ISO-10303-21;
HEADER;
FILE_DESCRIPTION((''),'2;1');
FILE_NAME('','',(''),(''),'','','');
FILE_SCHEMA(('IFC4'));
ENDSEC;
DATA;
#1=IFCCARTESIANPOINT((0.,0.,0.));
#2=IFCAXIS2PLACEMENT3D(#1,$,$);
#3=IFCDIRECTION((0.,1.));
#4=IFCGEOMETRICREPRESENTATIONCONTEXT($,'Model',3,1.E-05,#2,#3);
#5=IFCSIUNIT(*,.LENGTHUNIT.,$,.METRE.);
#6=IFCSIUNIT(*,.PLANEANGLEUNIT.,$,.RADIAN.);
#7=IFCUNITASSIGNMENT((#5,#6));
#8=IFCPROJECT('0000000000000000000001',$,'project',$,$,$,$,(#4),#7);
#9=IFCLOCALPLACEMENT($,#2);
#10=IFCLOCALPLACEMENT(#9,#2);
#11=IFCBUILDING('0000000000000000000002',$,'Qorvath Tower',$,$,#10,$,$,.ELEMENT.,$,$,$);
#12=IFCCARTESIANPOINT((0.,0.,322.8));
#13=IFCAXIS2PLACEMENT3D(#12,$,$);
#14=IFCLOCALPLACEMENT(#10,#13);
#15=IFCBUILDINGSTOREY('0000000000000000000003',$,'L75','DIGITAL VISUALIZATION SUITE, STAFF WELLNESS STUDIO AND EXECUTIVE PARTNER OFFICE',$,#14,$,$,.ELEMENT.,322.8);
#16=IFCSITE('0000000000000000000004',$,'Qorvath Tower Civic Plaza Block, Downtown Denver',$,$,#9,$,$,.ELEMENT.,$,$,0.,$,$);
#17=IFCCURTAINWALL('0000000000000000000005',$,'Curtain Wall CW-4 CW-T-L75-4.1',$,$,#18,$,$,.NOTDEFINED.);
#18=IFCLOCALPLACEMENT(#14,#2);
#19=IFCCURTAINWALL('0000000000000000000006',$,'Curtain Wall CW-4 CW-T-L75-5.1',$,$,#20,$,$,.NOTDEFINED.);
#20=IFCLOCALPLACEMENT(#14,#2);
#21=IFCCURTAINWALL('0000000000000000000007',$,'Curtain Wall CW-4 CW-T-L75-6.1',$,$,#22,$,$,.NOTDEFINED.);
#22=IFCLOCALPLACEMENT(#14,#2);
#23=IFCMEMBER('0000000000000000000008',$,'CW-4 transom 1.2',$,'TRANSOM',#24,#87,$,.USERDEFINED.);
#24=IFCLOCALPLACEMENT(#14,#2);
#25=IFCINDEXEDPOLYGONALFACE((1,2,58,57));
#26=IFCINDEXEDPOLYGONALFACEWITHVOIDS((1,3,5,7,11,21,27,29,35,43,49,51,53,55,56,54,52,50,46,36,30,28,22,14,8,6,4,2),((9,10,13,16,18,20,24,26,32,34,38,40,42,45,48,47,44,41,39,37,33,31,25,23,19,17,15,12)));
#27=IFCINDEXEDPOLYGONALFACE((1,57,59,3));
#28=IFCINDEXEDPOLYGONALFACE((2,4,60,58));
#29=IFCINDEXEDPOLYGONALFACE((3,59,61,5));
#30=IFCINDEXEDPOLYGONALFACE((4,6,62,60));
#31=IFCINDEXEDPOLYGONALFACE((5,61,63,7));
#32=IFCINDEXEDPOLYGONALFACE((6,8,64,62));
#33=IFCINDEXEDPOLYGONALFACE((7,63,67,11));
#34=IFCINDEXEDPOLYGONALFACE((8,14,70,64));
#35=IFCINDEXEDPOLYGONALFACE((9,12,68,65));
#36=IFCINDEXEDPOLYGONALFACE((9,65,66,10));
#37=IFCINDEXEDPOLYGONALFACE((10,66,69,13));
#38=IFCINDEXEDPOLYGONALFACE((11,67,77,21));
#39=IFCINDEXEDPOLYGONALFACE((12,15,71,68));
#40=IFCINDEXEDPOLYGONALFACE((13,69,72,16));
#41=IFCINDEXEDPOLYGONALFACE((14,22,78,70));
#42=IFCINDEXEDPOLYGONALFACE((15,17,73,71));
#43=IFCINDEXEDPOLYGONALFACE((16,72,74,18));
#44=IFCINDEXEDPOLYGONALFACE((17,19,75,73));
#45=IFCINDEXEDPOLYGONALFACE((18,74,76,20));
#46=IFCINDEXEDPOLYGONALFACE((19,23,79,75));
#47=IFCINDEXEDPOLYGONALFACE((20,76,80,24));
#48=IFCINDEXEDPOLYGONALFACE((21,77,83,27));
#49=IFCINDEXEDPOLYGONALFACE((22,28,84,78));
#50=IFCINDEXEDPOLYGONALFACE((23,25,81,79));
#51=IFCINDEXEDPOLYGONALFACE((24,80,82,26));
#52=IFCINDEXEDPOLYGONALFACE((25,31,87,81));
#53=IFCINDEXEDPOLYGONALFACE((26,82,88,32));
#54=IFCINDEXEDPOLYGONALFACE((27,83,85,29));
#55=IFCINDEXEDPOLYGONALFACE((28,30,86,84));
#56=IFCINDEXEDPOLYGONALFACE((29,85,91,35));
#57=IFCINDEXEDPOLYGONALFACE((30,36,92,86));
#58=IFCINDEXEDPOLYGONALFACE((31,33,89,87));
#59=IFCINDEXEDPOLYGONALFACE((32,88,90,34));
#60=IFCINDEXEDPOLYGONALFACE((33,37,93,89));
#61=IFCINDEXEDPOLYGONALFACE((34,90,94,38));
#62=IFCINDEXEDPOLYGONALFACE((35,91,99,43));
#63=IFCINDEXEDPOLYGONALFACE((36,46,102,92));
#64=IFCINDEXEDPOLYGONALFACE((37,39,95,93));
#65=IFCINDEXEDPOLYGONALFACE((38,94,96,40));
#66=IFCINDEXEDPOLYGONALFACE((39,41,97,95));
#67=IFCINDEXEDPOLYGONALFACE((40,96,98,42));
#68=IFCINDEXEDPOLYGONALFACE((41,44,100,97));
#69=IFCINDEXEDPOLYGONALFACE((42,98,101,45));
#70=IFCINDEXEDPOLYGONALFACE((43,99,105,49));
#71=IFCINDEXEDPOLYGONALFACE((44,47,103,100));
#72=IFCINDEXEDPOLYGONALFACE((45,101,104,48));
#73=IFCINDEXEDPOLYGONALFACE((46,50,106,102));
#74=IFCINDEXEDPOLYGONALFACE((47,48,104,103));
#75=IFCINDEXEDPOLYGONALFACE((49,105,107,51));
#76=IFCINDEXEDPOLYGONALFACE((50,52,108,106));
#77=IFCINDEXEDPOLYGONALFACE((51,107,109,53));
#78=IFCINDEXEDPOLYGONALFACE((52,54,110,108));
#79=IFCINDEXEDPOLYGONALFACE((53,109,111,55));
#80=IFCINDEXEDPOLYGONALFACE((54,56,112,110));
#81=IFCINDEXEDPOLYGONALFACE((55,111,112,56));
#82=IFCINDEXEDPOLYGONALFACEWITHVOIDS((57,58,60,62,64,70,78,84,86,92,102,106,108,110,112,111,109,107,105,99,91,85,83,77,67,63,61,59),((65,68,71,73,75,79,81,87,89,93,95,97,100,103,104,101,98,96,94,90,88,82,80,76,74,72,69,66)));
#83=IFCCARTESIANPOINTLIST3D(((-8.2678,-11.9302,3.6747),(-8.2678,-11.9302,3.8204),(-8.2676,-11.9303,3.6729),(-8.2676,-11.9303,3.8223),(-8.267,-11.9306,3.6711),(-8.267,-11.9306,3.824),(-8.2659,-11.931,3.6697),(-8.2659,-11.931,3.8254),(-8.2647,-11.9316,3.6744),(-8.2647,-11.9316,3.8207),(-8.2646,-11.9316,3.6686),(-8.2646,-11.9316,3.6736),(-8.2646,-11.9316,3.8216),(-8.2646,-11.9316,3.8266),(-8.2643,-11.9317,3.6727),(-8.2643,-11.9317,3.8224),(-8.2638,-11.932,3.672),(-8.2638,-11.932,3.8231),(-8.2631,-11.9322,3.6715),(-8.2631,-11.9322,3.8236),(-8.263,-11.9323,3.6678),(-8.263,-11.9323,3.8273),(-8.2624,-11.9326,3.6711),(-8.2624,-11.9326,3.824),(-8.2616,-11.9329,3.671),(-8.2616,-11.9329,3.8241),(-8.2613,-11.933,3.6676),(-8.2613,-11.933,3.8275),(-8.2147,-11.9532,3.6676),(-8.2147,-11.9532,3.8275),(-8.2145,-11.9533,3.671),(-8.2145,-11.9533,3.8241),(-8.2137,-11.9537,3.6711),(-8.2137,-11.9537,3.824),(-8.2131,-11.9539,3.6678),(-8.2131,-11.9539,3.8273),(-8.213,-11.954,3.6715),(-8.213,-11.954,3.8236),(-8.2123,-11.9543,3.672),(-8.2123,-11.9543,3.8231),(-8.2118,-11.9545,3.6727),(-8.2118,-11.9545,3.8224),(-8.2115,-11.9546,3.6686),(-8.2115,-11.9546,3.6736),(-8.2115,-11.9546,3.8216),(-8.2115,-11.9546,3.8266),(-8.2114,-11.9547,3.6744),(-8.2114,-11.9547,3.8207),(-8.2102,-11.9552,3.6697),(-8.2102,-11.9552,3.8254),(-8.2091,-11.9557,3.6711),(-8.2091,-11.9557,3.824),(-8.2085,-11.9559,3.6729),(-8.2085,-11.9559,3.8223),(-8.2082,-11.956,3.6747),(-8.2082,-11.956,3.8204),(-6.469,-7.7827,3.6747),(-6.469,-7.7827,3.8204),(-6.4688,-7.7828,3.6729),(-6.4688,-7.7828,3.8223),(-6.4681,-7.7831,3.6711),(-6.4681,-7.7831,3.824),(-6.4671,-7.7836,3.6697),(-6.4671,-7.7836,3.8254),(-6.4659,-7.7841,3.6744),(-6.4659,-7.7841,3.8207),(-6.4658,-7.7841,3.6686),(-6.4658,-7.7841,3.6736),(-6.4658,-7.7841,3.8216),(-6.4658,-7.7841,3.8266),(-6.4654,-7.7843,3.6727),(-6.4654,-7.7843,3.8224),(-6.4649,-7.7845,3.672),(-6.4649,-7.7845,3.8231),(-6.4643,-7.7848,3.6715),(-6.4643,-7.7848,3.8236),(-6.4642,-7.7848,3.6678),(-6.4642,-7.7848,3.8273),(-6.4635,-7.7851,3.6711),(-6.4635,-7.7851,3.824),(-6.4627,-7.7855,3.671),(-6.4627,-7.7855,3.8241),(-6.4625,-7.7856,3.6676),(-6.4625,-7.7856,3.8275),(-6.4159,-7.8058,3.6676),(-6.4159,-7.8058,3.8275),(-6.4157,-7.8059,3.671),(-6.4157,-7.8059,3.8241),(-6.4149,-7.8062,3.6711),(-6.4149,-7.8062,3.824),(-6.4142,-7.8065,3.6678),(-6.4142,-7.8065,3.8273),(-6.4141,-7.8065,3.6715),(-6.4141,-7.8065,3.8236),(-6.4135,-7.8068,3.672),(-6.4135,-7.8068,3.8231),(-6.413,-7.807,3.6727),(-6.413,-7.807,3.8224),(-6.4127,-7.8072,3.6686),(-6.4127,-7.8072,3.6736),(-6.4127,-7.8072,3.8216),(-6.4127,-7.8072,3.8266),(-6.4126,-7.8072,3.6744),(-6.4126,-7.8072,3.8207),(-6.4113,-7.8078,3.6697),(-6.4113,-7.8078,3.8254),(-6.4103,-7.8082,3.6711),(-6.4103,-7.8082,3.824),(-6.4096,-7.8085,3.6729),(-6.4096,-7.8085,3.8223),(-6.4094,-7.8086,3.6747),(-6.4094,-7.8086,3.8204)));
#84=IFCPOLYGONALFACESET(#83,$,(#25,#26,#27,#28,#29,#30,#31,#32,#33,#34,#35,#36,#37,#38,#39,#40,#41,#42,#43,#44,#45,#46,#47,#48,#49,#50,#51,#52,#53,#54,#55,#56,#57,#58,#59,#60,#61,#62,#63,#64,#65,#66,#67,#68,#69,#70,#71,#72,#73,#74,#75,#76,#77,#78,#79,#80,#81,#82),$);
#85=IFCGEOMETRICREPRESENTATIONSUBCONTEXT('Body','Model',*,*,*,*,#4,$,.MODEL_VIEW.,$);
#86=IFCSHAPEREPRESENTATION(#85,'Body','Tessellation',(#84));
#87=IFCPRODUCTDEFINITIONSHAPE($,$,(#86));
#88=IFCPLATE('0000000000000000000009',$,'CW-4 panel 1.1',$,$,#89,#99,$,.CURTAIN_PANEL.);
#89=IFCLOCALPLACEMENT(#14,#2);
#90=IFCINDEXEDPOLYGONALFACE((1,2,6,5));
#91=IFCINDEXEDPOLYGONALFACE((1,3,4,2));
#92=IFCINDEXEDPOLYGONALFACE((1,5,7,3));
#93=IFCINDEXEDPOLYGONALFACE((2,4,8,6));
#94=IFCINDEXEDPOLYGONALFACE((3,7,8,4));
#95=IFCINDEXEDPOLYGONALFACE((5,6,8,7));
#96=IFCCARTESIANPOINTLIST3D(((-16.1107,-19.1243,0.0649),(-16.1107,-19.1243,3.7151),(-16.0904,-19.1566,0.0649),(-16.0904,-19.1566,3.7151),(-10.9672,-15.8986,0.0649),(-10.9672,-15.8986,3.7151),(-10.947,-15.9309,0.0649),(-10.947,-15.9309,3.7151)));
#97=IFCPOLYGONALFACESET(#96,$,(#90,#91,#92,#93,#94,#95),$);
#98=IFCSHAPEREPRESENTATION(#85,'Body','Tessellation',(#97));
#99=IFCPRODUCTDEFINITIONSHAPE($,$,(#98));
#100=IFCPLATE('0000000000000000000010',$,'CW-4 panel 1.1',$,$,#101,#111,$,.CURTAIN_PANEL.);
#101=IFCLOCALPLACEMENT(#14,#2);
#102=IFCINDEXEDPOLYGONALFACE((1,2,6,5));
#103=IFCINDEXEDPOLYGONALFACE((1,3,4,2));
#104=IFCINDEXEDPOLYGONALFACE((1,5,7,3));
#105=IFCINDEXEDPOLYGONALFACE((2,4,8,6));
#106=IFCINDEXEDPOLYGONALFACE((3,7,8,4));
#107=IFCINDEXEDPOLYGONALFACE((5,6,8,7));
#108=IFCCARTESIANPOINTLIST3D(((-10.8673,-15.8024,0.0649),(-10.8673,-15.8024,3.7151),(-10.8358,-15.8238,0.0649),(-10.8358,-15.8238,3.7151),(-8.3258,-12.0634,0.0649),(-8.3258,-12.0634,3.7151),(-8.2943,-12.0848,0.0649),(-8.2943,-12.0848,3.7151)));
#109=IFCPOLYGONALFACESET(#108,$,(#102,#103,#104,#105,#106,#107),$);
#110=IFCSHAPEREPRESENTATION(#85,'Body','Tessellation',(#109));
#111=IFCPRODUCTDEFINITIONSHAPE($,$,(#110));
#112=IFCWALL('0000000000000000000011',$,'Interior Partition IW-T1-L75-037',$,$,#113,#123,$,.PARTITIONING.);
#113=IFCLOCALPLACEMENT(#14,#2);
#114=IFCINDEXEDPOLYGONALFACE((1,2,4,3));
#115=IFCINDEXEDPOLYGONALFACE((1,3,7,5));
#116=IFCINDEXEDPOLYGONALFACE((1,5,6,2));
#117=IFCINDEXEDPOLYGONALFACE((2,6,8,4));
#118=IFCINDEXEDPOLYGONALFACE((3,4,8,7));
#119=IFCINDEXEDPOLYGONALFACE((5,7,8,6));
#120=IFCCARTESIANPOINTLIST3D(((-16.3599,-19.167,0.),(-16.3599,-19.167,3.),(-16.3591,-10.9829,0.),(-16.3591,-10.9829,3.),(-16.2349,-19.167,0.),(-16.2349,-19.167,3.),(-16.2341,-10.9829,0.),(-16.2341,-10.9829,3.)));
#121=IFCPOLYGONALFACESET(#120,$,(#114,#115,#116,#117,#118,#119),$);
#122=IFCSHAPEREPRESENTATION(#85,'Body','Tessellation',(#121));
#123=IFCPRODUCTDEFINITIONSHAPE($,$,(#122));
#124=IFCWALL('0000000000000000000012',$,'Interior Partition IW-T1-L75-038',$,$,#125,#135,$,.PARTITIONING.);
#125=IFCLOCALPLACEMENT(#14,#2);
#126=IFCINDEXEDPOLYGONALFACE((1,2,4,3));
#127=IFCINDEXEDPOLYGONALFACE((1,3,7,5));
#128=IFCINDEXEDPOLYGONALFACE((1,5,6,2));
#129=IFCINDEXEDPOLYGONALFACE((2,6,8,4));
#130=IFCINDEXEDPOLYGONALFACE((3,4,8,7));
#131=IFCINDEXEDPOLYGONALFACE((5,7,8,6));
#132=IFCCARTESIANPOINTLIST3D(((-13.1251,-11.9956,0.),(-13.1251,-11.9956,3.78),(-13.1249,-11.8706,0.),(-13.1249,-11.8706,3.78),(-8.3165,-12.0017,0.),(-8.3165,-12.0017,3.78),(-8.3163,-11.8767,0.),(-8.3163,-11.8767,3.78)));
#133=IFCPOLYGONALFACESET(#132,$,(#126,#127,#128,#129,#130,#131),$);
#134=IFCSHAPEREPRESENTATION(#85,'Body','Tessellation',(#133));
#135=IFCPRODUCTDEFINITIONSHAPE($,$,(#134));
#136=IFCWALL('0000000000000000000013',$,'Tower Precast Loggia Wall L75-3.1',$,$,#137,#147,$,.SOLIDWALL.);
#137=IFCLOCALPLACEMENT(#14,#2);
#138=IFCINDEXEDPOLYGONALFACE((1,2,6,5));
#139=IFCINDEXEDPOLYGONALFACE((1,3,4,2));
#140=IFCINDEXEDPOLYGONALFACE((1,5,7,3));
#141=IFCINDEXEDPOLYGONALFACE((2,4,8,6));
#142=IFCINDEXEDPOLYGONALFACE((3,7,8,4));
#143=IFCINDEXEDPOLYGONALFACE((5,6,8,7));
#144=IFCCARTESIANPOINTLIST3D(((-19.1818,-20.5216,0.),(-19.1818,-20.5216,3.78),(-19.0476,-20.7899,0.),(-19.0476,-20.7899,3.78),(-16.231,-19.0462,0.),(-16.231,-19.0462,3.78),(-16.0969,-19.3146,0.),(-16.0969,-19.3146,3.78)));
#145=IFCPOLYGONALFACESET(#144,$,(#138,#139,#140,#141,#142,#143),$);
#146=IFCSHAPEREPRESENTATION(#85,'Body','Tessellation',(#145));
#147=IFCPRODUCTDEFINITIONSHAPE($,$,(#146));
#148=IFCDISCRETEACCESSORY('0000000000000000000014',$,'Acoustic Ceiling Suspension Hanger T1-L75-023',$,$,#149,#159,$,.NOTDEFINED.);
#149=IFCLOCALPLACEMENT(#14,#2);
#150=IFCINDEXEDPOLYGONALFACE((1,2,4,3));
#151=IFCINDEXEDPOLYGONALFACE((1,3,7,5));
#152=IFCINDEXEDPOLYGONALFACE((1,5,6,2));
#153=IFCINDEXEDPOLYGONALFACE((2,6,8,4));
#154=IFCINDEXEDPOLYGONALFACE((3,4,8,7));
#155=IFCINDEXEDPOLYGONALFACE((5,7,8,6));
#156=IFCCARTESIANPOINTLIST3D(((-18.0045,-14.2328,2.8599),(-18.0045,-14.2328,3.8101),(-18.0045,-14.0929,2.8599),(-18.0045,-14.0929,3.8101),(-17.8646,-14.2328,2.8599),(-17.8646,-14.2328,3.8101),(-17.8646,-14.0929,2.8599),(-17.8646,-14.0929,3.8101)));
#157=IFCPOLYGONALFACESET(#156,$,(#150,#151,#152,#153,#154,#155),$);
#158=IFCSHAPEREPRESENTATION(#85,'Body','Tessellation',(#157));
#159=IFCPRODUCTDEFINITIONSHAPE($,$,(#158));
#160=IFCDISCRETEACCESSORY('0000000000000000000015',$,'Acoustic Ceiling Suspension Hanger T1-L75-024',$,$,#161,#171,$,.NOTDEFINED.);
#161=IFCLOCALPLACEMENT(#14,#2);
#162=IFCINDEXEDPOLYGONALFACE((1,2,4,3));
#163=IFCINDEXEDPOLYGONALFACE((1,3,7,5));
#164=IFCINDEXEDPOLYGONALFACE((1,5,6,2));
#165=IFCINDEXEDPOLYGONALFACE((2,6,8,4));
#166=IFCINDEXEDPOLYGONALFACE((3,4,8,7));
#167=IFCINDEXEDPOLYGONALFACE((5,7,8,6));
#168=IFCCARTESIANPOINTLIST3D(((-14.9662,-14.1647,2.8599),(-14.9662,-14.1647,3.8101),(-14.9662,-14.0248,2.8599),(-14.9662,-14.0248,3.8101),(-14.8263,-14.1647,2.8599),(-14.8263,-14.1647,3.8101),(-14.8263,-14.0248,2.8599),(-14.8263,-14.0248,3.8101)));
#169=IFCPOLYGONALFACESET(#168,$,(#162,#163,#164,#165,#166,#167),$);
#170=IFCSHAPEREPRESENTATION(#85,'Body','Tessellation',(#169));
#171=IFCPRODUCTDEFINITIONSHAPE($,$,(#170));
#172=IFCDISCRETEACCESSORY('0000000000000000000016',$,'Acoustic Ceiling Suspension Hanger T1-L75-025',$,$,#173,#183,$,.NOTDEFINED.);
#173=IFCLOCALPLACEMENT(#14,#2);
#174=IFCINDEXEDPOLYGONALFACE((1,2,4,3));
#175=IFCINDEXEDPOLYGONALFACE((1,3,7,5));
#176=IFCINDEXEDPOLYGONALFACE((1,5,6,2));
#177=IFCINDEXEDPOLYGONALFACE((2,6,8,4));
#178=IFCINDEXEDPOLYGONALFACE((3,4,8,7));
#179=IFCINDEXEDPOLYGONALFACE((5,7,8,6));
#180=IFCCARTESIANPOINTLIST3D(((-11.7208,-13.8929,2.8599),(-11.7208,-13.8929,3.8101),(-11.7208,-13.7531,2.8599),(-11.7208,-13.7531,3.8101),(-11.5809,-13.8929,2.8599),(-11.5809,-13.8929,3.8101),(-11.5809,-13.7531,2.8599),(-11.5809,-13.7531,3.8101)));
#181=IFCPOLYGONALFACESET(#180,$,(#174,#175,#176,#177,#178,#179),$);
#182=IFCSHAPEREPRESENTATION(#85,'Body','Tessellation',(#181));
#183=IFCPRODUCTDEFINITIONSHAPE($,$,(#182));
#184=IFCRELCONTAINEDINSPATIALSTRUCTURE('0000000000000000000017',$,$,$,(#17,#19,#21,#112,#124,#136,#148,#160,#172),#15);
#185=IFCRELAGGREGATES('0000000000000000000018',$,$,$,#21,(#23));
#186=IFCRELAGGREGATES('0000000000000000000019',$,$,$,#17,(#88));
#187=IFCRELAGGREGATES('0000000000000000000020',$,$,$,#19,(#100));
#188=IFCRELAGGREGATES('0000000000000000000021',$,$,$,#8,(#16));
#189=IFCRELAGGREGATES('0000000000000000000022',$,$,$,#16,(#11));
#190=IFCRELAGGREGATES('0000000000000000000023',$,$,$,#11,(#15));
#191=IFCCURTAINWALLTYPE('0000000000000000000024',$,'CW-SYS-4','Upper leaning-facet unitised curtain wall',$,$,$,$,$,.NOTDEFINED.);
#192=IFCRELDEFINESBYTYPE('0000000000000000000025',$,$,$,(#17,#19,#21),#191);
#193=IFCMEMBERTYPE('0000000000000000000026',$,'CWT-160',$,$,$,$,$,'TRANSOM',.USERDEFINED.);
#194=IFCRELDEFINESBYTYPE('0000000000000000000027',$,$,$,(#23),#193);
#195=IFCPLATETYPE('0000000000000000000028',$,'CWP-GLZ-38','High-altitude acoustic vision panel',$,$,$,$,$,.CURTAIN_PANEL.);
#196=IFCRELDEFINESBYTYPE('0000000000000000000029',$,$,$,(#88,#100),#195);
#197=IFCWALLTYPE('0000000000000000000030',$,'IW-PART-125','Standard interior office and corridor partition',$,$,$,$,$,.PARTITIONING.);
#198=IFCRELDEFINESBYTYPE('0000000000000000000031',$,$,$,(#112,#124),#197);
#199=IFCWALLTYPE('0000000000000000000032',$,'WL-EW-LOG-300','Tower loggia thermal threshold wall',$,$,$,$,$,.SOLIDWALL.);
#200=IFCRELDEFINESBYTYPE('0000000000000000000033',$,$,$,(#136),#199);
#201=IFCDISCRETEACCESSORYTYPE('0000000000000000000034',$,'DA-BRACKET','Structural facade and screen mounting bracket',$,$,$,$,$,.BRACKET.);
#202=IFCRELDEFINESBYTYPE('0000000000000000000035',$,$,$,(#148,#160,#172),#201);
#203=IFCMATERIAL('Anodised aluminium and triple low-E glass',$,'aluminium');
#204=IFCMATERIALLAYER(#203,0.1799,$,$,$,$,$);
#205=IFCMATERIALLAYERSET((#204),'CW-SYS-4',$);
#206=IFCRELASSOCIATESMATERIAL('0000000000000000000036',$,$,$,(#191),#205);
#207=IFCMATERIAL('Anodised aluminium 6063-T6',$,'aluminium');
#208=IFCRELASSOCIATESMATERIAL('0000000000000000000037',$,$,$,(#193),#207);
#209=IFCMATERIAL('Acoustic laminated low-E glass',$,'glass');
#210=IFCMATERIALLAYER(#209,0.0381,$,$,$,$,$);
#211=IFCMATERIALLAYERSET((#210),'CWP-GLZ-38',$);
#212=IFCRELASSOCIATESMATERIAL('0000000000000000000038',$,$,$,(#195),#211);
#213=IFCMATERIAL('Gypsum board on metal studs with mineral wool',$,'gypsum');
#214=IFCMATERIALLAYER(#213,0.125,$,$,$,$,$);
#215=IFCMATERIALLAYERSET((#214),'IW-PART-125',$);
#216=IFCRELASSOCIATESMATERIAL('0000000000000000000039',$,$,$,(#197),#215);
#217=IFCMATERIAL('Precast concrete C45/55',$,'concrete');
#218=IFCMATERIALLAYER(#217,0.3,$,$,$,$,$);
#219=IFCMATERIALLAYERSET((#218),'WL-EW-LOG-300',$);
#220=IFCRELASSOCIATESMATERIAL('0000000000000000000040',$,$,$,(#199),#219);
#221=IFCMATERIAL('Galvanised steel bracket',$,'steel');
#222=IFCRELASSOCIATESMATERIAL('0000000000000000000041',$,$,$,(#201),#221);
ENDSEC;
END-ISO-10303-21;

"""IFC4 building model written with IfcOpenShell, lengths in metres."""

from ifc_helpers import new_model, si_unit, direction, frame, frame_2d, origin, origin_2d, place, context, subcontext, project, spatial, rectangle, hollow_rectangle, extrude, material, layer, layer_set, material_profile, profile_set, type_object, element, aggregate, save


model = new_model("IFC4")

# Units and contexts
model_context = context("Model", 3, precision=1e-05, world=origin(), true_north=direction((0.0, 1.0)))
body_context = subcontext(model_context, "Body", "Model", "MODEL_VIEW")
ifc_project = project(units=[si_unit("LENGTHUNIT", "METRE"), si_unit("PLANEANGLEUNIT", "RADIAN")], contexts=[model_context])

# Site, building, storey
site_placement = place(None, origin())
site = spatial("IfcSite", under=ifc_project, at=site_placement, Name="Qorvath Tower Civic Plaza Block, Downtown Denver", CompositionType="ELEMENT", RefElevation=0.0)
building_placement = place(site_placement, origin())
building = spatial("IfcBuilding", under=site, at=building_placement, Name="Qorvath Tower", CompositionType="ELEMENT")
storey_placement = place(building_placement, frame((0.0, 0.0, 322.8)))
storey = spatial("IfcBuildingStorey", under=building, at=storey_placement, Name="L75", Description="DIGITAL VISUALIZATION SUITE, STAFF WELLNESS STUDIO AND EXECUTIVE PARTNER OFFICE", CompositionType="ELEMENT", Elevation=322.8)

# Shared definitions
ifc_material_1 = material(Name="Anodised aluminium and triple low-E glass", Category="aluminium")
ifc_layer_1 = layer(ifc_material_1, 0.1799)
ifc_layer_set_1 = layer_set([ifc_layer_1], Name="CW-SYS-4")
curtain_wall_type = type_object("IfcCurtainWallType", Name="CW-SYS-4", Description="Upper leaning-facet unitised curtain wall", PredefinedType="NOTDEFINED", material=ifc_layer_set_1)

# Curtain walls
curtain_wall_1_placement = place(storey_placement, origin())
curtain_wall_1 = element("IfcCurtainWall", 1, at=curtain_wall_1_placement, inside=storey, type_object=curtain_wall_type, Name="Curtain Wall CW-4 CW-T-L75-4.1", PredefinedType="NOTDEFINED")
curtain_wall_2_placement = place(storey_placement, origin())
curtain_wall_2 = element("IfcCurtainWall", 2, at=curtain_wall_2_placement, inside=storey, type_object=curtain_wall_type, Name="Curtain Wall CW-4 CW-T-L75-5.1", PredefinedType="NOTDEFINED")

# Curtain wall
curtain_wall_3_placement = place(storey_placement, origin())
curtain_wall_3 = element("IfcCurtainWall", 3, at=curtain_wall_3_placement, inside=storey, type_object=curtain_wall_type, Name="Curtain Wall CW-4 CW-T-L75-6.1", PredefinedType="NOTDEFINED")

# Member
ifc_material_2 = material(Name="Anodised aluminium 6063-T6", Category="aluminium")
ifc_material_profile_1 = material_profile(ifc_material_2, hollow_rectangle(XDim=0.0649, YDim=0.1599, WallThickness=0.0034, InnerFilletRadius=0.0034, OuterFilletRadius=0.0071, at=origin_2d()), Name="CWT 160x65")
ifc_profile_set_1 = profile_set([ifc_material_profile_1], Name="Anodised aluminium 6063-T6")
member_type_1 = type_object("IfcMemberType", Name="CWT-160", ElementType="TRANSOM", PredefinedType="USERDEFINED", material=ifc_profile_set_1)
member_1_placement = place(storey_placement, frame((-8.238, -11.9431, 3.7476), z_axis=(0.397904, 0.917427, 0.0), x_axis=(-0.917427, 0.397904, 0.0)))
member_1 = element("IfcMember", 4, at=member_1_placement, type_object=member_type_1, Name="CW-4 transom 1.2", ObjectType="TRANSOM", PredefinedType="USERDEFINED", context=body_context, shape_type="SweptSolid", body=[
    extrude(hollow_rectangle(XDim=0.0649, YDim=0.1599, WallThickness=0.0034, InnerFilletRadius=0.0034, OuterFilletRadius=0.0071, at=origin_2d()), origin(), (0.0, 0.0, 1.0), 4.5208),
])
aggregate(curtain_wall_3, [member_1])

# Plates
ifc_material_3 = material(Name="Acoustic laminated low-E glass", Category="glass")
ifc_layer_2 = layer(ifc_material_3, 0.0381)
ifc_layer_set_2 = layer_set([ifc_layer_2], Name="CWP-GLZ-38")
plate_type = type_object("IfcPlateType", Name="CWP-GLZ-38", Description="High-altitude acoustic vision panel", PredefinedType="CURTAIN_PANEL", material=ifc_layer_set_2)
plate_1_placement = place(storey_placement, frame((-13.5288, -17.5276, 0.0649), z_axis=(0.0, 0.0, 1.0), x_axis=(0.847178, 0.531309, 0.0)))
plate_1 = element("IfcPlate", 5, at=plate_1_placement, type_object=plate_type, Name="CW-4 panel 1.1", PredefinedType="CURTAIN_PANEL", context=body_context, shape_type="SweptSolid", body=[
    extrude(rectangle(XDim=6.0713, YDim=0.0381, at=origin_2d()), origin(), (0.0, 0.0, 1.0), 3.6501),
])
aggregate(curtain_wall_1, [plate_1])
plate_2_placement = place(storey_placement, frame((-9.5808, -13.9436, 0.0649), z_axis=(0.0, 0.0, 1.0), x_axis=(0.562158, 0.82703, 0.0)))
plate_2 = element("IfcPlate", 6, at=plate_2_placement, type_object=plate_type, Name="CW-4 panel 1.1", PredefinedType="CURTAIN_PANEL", context=body_context, shape_type="SweptSolid", body=[
    extrude(rectangle(XDim=4.521, YDim=0.0381, at=origin_2d()), origin(), (0.0, 0.0, 1.0), 3.6501),
])
aggregate(curtain_wall_2, [plate_2])

# Walls
ifc_material_4 = material(Name="Gypsum board on metal studs with mineral wool", Category="gypsum")
ifc_layer_3 = layer(ifc_material_4, 0.125)
ifc_layer_set_3 = layer_set([ifc_layer_3], Name="IW-PART-125")
wall_type_1 = type_object("IfcWallType", Name="IW-PART-125", Description="Standard interior office and corridor partition", PredefinedType="PARTITIONING", material=ifc_layer_set_3)
wall_1_placement = place(storey_placement, frame((-16.2974, -19.167, 0.0), z_axis=(0.0, 0.0, 1.0), x_axis=(0.000089, 1.0, 0.0)))
element("IfcWall", 7, at=wall_1_placement, inside=storey, type_object=wall_type_1, Name="Interior Partition IW-T1-L75-037", PredefinedType="PARTITIONING", context=body_context, shape_type="SweptSolid", body=[
    extrude(rectangle(XDim=8.1841, YDim=0.125, at=frame_2d((4.092, 0.0))), origin(), (0.0, 0.0, 1.0), 3.0),
])
wall_2_placement = place(storey_placement, frame((-8.3164, -11.9392, 0.0), z_axis=(0.0, 0.0, 1.0), x_axis=(-0.999999, 0.001269, 0.0)))
element("IfcWall", 8, at=wall_2_placement, inside=storey, type_object=wall_type_1, Name="Interior Partition IW-T1-L75-038", PredefinedType="PARTITIONING", context=body_context, shape_type="SweptSolid", body=[
    extrude(rectangle(XDim=4.8086, YDim=0.125, at=frame_2d((2.4043, 0.0))), origin(), (0.0, 0.0, 1.0), 3.78),
])
ifc_material_5 = material(Name="Precast concrete C45/55", Category="concrete")
ifc_layer_4 = layer(ifc_material_5, 0.3)
ifc_layer_set_4 = layer_set([ifc_layer_4], Name="WL-EW-LOG-300")
wall_type_2 = type_object("IfcWallType", Name="WL-EW-LOG-300", Description="Tower loggia thermal threshold wall", PredefinedType="SOLIDWALL", material=ifc_layer_set_4)
wall_3_placement = place(storey_placement, frame((-16.1641, -19.1804, 0.0), z_axis=(0.0, 0.0, 1.0), x_axis=(-0.894427, -0.447214, 0.0)))
element("IfcWall", 9, at=wall_3_placement, inside=storey, type_object=wall_type_2, Name="Tower Precast Loggia Wall L75-3.1", PredefinedType="SOLIDWALL", context=body_context, shape_type="SweptSolid", body=[
    extrude(rectangle(XDim=3.2991, YDim=0.3, at=frame_2d((1.6494, 0.0))), origin(), (0.0, 0.0, 1.0), 3.78),
])

# Discrete accessories
ifc_material_6 = material(Name="Galvanised steel bracket", Category="steel")
discrete_accessory_type = type_object("IfcDiscreteAccessoryType", Name="DA-BRACKET", Description="Structural facade and screen mounting bracket", PredefinedType="BRACKET", material=ifc_material_6)
for number, where, z_axis, x_axis, name in (
    (10, (-17.9346, -14.1628, 2.8599), (0.0, 0.0, 1.0), (1.0, 0.0, 0.0), "Acoustic Ceiling Suspension Hanger T1-L75-023"),
    (11, (-14.8962, -14.0947, 2.8599), (0.0, 0.0, 1.0), (1.0, 0.0, 0.0), "Acoustic Ceiling Suspension Hanger T1-L75-024"),
    (12, (-11.6509, -13.823, 2.8599), (0.0, 0.0, 1.0), (1.0, 0.0, 0.0), "Acoustic Ceiling Suspension Hanger T1-L75-025"),
):
    element("IfcDiscreteAccessory", number, at=place(storey_placement, frame(where, z_axis=z_axis, x_axis=x_axis)), inside=storey, type_object=discrete_accessory_type, Name=name, PredefinedType="NOTDEFINED", context=body_context, shape_type="SweptSolid", body=[
        extrude(rectangle(XDim=0.1399, YDim=0.1399, at=origin_2d()), origin(), (0.0, 0.0, 1.0), 0.9502),
    ])

save(model, "model.ifc")
